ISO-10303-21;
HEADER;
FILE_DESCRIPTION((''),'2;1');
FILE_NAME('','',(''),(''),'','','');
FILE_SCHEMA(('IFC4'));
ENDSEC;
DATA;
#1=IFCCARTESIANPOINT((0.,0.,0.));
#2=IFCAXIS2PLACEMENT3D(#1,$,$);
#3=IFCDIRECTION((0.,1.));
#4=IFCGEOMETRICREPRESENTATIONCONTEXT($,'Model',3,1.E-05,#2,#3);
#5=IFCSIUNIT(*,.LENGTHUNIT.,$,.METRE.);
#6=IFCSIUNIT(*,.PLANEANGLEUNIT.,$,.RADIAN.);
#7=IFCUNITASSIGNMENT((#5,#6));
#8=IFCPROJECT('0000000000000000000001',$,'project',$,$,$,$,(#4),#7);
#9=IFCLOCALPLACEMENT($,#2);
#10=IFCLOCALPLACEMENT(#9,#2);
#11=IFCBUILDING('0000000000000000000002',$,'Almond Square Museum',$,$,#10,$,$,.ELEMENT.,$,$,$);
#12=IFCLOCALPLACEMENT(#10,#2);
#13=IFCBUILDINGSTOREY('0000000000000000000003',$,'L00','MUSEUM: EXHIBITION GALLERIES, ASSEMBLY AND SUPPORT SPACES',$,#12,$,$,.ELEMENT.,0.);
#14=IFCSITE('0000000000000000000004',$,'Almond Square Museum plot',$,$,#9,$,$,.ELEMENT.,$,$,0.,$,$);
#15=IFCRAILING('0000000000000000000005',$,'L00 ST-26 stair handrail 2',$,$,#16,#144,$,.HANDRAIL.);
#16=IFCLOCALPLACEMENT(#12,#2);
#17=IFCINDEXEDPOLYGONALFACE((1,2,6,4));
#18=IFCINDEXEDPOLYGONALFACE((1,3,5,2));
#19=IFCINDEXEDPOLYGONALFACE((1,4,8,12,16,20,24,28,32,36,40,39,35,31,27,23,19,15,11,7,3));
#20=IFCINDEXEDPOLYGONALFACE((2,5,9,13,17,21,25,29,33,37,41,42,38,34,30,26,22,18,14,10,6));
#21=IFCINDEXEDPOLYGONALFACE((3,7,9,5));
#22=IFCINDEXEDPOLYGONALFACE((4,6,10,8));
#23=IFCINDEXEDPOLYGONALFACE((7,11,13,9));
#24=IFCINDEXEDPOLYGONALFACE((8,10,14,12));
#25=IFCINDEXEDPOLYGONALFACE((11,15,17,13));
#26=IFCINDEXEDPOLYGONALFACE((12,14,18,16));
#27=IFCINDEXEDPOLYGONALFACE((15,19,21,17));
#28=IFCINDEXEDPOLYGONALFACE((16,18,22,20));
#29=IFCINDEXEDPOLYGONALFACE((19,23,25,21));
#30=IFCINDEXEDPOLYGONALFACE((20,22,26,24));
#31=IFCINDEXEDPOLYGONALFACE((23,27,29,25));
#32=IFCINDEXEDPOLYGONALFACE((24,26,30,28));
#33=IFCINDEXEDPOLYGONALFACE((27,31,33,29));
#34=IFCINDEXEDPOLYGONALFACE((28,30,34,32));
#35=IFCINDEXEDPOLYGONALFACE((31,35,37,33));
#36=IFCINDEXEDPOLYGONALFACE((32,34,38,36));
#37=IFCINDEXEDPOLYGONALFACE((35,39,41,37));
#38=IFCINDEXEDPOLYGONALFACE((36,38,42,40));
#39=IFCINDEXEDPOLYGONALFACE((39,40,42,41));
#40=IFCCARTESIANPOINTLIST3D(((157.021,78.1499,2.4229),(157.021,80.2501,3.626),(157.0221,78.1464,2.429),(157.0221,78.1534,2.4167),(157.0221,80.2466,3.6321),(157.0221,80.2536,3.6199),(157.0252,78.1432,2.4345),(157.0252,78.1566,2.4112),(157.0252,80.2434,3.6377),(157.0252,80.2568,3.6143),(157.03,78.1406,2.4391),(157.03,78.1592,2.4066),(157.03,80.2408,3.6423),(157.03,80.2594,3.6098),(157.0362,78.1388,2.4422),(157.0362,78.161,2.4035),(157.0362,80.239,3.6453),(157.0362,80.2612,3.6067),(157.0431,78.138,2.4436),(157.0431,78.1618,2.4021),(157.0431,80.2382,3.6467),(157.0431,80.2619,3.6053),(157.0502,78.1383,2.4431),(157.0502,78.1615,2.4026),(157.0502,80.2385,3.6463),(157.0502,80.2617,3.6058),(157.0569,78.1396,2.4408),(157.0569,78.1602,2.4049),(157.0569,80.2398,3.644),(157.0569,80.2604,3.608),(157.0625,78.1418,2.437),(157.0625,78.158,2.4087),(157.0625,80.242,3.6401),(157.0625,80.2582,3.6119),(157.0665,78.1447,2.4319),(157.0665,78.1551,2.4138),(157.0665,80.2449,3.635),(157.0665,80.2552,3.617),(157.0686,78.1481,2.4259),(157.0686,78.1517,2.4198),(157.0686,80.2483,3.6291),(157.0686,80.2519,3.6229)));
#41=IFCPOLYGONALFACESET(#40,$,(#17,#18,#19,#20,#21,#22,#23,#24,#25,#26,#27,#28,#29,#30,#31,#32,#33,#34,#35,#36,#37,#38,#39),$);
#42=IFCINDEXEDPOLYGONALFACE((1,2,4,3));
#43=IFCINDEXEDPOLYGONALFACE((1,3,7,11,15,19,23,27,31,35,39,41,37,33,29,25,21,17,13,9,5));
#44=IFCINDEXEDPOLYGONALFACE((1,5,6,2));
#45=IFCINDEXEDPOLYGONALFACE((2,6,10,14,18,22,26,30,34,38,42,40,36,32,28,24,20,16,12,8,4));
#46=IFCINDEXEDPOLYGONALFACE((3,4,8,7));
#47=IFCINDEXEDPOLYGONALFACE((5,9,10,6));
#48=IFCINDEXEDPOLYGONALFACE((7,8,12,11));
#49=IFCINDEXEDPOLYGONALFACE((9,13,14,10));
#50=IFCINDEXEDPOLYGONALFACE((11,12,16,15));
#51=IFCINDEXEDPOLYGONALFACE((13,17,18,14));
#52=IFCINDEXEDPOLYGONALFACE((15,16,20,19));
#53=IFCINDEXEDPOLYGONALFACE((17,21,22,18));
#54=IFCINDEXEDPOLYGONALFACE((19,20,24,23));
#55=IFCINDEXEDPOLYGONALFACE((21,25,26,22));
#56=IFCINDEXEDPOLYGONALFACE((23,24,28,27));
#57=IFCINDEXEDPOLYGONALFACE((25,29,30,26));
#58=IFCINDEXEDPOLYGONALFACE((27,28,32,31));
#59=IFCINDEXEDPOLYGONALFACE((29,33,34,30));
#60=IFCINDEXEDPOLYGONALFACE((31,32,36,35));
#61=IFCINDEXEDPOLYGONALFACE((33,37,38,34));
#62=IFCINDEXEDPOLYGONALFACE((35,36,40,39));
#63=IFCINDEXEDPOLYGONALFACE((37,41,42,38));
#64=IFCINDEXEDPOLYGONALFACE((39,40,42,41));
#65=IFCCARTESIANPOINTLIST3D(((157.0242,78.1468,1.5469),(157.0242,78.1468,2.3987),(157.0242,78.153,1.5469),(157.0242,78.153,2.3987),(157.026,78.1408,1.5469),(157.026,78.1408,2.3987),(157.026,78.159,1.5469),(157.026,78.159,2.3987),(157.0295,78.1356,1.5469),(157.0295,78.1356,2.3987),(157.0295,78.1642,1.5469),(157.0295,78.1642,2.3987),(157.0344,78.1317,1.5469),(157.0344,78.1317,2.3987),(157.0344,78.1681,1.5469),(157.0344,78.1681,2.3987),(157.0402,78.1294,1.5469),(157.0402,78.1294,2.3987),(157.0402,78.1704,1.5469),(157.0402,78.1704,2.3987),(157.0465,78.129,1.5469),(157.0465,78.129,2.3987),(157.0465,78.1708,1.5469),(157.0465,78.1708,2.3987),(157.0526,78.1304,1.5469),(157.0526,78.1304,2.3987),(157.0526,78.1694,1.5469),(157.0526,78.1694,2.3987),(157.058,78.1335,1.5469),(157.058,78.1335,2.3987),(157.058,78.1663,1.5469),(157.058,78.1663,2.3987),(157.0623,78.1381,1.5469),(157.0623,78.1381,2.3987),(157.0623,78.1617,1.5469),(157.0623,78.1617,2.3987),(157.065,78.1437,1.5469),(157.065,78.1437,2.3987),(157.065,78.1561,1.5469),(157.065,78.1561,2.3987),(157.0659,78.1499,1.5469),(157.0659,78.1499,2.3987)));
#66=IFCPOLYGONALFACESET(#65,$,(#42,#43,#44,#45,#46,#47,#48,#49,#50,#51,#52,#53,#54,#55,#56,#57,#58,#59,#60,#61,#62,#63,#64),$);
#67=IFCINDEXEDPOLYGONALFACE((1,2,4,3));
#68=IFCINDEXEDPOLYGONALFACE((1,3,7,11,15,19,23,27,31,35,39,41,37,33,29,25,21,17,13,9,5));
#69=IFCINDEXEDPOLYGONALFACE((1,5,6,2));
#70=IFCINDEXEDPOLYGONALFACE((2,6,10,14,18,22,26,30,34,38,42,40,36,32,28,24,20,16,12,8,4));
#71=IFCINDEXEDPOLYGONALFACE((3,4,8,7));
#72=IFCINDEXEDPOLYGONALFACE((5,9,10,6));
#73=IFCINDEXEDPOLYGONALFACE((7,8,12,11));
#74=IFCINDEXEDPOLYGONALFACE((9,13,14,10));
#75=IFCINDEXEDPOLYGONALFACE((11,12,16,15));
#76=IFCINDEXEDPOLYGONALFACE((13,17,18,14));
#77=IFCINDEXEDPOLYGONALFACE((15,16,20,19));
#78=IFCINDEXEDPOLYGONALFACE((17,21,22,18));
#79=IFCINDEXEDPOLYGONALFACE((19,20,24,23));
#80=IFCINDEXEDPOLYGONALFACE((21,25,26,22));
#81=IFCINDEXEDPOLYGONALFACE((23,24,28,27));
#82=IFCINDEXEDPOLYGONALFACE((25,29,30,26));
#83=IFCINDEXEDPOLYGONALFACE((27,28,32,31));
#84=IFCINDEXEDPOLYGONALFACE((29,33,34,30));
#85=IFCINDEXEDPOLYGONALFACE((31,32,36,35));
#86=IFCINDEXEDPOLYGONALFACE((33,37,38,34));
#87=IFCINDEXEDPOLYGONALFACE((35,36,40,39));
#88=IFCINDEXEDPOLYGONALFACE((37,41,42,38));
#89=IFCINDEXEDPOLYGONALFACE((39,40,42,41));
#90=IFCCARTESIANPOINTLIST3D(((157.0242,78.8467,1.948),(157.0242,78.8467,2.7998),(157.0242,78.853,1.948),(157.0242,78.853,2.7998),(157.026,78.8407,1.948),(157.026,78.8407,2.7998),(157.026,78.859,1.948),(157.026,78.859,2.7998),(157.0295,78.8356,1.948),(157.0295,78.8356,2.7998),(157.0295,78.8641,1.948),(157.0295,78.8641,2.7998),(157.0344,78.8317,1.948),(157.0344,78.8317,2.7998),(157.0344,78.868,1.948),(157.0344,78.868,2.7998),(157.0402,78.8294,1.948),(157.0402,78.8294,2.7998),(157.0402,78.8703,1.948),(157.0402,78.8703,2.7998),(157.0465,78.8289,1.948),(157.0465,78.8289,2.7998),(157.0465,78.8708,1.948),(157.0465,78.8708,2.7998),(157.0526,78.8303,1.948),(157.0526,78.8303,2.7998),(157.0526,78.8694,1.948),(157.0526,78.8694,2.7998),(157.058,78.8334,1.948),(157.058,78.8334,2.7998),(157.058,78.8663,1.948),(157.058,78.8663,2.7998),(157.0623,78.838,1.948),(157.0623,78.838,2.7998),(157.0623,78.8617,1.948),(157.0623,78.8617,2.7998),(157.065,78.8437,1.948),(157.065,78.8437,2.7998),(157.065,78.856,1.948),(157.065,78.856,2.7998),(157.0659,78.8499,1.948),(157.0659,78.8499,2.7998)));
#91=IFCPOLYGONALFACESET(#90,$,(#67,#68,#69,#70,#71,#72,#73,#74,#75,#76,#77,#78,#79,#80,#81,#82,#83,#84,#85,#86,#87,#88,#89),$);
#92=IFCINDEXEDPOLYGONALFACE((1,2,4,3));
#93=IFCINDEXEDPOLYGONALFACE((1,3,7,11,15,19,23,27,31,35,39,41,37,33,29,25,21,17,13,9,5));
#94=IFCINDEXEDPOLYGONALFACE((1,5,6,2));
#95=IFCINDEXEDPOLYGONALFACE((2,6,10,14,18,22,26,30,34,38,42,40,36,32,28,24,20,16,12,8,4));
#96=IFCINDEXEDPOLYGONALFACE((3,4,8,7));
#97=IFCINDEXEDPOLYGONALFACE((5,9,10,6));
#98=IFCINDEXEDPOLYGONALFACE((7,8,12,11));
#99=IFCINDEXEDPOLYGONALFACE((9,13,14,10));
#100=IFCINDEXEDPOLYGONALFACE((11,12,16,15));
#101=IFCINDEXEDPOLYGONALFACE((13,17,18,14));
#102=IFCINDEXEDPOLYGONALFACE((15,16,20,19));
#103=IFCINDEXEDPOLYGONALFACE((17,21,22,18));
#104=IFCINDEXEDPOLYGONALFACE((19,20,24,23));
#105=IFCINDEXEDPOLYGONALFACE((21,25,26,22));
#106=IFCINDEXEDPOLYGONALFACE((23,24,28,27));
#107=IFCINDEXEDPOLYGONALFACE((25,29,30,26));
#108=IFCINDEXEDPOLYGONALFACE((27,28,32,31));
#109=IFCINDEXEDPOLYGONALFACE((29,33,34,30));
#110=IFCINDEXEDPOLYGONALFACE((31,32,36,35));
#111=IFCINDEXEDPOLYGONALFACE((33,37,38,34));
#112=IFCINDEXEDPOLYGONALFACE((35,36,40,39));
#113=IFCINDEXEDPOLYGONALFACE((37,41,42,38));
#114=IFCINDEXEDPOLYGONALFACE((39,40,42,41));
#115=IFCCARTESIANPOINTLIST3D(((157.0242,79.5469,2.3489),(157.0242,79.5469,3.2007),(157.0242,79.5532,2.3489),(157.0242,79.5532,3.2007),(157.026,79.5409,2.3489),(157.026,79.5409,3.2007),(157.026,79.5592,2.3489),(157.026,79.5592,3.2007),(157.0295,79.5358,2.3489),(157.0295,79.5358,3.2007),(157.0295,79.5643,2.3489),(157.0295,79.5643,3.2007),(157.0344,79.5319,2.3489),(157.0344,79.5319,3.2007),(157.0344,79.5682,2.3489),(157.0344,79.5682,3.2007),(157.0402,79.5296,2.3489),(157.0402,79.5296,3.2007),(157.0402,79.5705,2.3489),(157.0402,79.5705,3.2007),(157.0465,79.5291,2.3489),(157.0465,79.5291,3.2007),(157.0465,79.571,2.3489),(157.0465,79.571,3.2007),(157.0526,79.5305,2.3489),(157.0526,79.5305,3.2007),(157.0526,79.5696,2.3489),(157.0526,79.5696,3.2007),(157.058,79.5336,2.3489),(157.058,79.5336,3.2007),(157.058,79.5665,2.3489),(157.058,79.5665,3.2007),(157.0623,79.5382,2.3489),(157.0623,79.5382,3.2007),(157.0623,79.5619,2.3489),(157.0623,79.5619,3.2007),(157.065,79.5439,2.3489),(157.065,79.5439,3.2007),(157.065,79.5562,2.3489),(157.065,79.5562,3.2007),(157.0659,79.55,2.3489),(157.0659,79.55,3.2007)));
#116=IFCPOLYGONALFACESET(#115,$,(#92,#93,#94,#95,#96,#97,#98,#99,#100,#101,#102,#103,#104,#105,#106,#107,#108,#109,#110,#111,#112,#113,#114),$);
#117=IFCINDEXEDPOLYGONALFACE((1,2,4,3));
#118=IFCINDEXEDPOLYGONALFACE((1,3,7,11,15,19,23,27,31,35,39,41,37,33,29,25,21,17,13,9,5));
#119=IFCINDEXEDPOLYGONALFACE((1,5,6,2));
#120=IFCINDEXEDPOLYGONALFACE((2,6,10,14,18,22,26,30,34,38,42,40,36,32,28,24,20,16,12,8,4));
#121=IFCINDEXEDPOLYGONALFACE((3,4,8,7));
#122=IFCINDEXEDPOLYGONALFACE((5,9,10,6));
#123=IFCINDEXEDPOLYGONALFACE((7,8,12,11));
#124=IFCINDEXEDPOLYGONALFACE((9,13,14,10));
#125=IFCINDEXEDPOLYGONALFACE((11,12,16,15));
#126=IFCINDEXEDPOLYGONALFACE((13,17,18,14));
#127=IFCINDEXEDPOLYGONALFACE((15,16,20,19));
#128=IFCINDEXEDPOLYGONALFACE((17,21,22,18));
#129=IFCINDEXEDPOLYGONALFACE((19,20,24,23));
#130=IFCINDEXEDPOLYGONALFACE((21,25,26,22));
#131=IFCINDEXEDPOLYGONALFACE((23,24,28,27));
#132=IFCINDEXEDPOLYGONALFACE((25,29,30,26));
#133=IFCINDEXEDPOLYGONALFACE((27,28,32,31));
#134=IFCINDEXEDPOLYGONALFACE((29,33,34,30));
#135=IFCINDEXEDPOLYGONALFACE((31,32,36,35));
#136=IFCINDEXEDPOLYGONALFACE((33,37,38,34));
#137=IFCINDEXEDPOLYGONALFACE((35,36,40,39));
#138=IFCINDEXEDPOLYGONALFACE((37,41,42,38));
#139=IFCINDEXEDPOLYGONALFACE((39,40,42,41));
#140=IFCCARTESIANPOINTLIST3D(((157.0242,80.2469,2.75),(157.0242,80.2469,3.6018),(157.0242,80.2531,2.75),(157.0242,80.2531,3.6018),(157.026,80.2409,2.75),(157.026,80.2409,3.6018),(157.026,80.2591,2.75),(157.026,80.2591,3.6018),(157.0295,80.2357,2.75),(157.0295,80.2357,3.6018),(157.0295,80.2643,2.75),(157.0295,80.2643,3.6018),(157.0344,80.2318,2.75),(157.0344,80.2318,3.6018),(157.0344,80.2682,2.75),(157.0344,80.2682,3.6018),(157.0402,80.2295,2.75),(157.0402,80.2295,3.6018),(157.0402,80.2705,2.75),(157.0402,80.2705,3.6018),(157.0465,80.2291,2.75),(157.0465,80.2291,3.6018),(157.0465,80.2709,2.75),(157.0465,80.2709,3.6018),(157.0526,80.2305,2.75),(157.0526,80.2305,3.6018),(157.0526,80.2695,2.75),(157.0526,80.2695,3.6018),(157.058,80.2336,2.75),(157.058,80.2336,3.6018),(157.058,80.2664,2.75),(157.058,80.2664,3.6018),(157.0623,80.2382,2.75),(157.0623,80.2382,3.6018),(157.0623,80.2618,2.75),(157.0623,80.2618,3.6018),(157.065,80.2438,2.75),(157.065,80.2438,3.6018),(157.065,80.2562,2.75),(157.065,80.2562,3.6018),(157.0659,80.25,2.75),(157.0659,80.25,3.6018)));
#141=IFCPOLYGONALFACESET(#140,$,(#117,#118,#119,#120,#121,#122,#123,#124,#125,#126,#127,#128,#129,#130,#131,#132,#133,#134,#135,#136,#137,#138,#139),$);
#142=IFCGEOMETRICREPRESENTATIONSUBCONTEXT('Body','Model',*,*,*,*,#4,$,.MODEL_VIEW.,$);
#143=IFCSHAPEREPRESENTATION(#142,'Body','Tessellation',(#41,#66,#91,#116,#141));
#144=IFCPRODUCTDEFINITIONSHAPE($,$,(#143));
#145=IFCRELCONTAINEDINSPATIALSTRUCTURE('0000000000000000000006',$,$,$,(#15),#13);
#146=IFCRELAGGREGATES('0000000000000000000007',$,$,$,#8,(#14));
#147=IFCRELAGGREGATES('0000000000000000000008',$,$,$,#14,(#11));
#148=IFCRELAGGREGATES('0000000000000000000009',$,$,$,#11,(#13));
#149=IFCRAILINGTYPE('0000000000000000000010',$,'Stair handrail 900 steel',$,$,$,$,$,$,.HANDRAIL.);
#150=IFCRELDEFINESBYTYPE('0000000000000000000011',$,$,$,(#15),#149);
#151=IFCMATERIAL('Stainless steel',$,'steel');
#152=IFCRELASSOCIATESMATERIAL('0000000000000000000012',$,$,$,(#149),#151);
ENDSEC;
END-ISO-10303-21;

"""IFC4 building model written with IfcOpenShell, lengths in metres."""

from ifc_helpers import new_model, si_unit, direction, frame, origin, origin_2d, place, context, subcontext, project, spatial, circle, extrude, material, type_object, element, save


model = new_model("IFC4")

# Units and contexts
model_context = context("Model", 3, precision=1e-05, world=origin(), true_north=direction((0.0, 1.0)))
body_context = subcontext(model_context, "Body", "Model", "MODEL_VIEW")
ifc_project = project(units=[si_unit("LENGTHUNIT", "METRE"), si_unit("PLANEANGLEUNIT", "RADIAN")], contexts=[model_context])

# Site, building, storey
site_placement = place(None, origin())
site = spatial("IfcSite", under=ifc_project, at=site_placement, Name="Almond Square Museum plot", CompositionType="ELEMENT", RefElevation=0.0)
building_placement = place(site_placement, origin())
building = spatial("IfcBuilding", under=site, at=building_placement, Name="Almond Square Museum", CompositionType="ELEMENT")
storey_placement = place(building_placement, origin())
storey = spatial("IfcBuildingStorey", under=building, at=storey_placement, Name="L00", Description="MUSEUM: EXHIBITION GALLERIES, ASSEMBLY AND SUPPORT SPACES", CompositionType="ELEMENT", Elevation=0.0)

# Railing
ifc_material_1 = material(Name="Stainless steel", Category="steel")
railing_type_1 = type_object("IfcRailingType", Name="Stair handrail 900 steel", PredefinedType="HANDRAIL", material=ifc_material_1)
for number, where, name in (
    (1, (157.0449, 78.1499, 1.5469), "L00 ST-26 stair handrail 2"),
):
    element("IfcRailing", number, at=place(storey_placement, frame(where)), inside=storey, type_object=railing_type_1, Name=name, PredefinedType="HANDRAIL", context=body_context, shape_type="SweptSolid", body=[
        extrude(circle(Radius=0.0239, at=origin_2d()), frame((0.0, 0.0, 0.876), z_axis=(0.0, 0.867696, 0.497095), x_axis=(-1.0, 0.0, 0.0)), (0.0, 0.0, 1.0), 2.4204),
        extrude(circle(Radius=0.021, at=origin_2d()), origin(), (0.0, 0.0, 1.0), 0.8518),
        extrude(circle(Radius=0.021, at=origin_2d()), frame((0.0, 0.7, 0.4011)), (0.0, 0.0, 1.0), 0.8518),
        extrude(circle(Radius=0.021, at=origin_2d()), frame((0.0, 1.4001, 0.802)), (0.0, 0.0, 1.0), 0.8518),
        extrude(circle(Radius=0.021, at=origin_2d()), frame((0.0, 2.1001, 1.2031)), (0.0, 0.0, 1.0), 0.8518),
    ])

save(model, "model.ifc")
